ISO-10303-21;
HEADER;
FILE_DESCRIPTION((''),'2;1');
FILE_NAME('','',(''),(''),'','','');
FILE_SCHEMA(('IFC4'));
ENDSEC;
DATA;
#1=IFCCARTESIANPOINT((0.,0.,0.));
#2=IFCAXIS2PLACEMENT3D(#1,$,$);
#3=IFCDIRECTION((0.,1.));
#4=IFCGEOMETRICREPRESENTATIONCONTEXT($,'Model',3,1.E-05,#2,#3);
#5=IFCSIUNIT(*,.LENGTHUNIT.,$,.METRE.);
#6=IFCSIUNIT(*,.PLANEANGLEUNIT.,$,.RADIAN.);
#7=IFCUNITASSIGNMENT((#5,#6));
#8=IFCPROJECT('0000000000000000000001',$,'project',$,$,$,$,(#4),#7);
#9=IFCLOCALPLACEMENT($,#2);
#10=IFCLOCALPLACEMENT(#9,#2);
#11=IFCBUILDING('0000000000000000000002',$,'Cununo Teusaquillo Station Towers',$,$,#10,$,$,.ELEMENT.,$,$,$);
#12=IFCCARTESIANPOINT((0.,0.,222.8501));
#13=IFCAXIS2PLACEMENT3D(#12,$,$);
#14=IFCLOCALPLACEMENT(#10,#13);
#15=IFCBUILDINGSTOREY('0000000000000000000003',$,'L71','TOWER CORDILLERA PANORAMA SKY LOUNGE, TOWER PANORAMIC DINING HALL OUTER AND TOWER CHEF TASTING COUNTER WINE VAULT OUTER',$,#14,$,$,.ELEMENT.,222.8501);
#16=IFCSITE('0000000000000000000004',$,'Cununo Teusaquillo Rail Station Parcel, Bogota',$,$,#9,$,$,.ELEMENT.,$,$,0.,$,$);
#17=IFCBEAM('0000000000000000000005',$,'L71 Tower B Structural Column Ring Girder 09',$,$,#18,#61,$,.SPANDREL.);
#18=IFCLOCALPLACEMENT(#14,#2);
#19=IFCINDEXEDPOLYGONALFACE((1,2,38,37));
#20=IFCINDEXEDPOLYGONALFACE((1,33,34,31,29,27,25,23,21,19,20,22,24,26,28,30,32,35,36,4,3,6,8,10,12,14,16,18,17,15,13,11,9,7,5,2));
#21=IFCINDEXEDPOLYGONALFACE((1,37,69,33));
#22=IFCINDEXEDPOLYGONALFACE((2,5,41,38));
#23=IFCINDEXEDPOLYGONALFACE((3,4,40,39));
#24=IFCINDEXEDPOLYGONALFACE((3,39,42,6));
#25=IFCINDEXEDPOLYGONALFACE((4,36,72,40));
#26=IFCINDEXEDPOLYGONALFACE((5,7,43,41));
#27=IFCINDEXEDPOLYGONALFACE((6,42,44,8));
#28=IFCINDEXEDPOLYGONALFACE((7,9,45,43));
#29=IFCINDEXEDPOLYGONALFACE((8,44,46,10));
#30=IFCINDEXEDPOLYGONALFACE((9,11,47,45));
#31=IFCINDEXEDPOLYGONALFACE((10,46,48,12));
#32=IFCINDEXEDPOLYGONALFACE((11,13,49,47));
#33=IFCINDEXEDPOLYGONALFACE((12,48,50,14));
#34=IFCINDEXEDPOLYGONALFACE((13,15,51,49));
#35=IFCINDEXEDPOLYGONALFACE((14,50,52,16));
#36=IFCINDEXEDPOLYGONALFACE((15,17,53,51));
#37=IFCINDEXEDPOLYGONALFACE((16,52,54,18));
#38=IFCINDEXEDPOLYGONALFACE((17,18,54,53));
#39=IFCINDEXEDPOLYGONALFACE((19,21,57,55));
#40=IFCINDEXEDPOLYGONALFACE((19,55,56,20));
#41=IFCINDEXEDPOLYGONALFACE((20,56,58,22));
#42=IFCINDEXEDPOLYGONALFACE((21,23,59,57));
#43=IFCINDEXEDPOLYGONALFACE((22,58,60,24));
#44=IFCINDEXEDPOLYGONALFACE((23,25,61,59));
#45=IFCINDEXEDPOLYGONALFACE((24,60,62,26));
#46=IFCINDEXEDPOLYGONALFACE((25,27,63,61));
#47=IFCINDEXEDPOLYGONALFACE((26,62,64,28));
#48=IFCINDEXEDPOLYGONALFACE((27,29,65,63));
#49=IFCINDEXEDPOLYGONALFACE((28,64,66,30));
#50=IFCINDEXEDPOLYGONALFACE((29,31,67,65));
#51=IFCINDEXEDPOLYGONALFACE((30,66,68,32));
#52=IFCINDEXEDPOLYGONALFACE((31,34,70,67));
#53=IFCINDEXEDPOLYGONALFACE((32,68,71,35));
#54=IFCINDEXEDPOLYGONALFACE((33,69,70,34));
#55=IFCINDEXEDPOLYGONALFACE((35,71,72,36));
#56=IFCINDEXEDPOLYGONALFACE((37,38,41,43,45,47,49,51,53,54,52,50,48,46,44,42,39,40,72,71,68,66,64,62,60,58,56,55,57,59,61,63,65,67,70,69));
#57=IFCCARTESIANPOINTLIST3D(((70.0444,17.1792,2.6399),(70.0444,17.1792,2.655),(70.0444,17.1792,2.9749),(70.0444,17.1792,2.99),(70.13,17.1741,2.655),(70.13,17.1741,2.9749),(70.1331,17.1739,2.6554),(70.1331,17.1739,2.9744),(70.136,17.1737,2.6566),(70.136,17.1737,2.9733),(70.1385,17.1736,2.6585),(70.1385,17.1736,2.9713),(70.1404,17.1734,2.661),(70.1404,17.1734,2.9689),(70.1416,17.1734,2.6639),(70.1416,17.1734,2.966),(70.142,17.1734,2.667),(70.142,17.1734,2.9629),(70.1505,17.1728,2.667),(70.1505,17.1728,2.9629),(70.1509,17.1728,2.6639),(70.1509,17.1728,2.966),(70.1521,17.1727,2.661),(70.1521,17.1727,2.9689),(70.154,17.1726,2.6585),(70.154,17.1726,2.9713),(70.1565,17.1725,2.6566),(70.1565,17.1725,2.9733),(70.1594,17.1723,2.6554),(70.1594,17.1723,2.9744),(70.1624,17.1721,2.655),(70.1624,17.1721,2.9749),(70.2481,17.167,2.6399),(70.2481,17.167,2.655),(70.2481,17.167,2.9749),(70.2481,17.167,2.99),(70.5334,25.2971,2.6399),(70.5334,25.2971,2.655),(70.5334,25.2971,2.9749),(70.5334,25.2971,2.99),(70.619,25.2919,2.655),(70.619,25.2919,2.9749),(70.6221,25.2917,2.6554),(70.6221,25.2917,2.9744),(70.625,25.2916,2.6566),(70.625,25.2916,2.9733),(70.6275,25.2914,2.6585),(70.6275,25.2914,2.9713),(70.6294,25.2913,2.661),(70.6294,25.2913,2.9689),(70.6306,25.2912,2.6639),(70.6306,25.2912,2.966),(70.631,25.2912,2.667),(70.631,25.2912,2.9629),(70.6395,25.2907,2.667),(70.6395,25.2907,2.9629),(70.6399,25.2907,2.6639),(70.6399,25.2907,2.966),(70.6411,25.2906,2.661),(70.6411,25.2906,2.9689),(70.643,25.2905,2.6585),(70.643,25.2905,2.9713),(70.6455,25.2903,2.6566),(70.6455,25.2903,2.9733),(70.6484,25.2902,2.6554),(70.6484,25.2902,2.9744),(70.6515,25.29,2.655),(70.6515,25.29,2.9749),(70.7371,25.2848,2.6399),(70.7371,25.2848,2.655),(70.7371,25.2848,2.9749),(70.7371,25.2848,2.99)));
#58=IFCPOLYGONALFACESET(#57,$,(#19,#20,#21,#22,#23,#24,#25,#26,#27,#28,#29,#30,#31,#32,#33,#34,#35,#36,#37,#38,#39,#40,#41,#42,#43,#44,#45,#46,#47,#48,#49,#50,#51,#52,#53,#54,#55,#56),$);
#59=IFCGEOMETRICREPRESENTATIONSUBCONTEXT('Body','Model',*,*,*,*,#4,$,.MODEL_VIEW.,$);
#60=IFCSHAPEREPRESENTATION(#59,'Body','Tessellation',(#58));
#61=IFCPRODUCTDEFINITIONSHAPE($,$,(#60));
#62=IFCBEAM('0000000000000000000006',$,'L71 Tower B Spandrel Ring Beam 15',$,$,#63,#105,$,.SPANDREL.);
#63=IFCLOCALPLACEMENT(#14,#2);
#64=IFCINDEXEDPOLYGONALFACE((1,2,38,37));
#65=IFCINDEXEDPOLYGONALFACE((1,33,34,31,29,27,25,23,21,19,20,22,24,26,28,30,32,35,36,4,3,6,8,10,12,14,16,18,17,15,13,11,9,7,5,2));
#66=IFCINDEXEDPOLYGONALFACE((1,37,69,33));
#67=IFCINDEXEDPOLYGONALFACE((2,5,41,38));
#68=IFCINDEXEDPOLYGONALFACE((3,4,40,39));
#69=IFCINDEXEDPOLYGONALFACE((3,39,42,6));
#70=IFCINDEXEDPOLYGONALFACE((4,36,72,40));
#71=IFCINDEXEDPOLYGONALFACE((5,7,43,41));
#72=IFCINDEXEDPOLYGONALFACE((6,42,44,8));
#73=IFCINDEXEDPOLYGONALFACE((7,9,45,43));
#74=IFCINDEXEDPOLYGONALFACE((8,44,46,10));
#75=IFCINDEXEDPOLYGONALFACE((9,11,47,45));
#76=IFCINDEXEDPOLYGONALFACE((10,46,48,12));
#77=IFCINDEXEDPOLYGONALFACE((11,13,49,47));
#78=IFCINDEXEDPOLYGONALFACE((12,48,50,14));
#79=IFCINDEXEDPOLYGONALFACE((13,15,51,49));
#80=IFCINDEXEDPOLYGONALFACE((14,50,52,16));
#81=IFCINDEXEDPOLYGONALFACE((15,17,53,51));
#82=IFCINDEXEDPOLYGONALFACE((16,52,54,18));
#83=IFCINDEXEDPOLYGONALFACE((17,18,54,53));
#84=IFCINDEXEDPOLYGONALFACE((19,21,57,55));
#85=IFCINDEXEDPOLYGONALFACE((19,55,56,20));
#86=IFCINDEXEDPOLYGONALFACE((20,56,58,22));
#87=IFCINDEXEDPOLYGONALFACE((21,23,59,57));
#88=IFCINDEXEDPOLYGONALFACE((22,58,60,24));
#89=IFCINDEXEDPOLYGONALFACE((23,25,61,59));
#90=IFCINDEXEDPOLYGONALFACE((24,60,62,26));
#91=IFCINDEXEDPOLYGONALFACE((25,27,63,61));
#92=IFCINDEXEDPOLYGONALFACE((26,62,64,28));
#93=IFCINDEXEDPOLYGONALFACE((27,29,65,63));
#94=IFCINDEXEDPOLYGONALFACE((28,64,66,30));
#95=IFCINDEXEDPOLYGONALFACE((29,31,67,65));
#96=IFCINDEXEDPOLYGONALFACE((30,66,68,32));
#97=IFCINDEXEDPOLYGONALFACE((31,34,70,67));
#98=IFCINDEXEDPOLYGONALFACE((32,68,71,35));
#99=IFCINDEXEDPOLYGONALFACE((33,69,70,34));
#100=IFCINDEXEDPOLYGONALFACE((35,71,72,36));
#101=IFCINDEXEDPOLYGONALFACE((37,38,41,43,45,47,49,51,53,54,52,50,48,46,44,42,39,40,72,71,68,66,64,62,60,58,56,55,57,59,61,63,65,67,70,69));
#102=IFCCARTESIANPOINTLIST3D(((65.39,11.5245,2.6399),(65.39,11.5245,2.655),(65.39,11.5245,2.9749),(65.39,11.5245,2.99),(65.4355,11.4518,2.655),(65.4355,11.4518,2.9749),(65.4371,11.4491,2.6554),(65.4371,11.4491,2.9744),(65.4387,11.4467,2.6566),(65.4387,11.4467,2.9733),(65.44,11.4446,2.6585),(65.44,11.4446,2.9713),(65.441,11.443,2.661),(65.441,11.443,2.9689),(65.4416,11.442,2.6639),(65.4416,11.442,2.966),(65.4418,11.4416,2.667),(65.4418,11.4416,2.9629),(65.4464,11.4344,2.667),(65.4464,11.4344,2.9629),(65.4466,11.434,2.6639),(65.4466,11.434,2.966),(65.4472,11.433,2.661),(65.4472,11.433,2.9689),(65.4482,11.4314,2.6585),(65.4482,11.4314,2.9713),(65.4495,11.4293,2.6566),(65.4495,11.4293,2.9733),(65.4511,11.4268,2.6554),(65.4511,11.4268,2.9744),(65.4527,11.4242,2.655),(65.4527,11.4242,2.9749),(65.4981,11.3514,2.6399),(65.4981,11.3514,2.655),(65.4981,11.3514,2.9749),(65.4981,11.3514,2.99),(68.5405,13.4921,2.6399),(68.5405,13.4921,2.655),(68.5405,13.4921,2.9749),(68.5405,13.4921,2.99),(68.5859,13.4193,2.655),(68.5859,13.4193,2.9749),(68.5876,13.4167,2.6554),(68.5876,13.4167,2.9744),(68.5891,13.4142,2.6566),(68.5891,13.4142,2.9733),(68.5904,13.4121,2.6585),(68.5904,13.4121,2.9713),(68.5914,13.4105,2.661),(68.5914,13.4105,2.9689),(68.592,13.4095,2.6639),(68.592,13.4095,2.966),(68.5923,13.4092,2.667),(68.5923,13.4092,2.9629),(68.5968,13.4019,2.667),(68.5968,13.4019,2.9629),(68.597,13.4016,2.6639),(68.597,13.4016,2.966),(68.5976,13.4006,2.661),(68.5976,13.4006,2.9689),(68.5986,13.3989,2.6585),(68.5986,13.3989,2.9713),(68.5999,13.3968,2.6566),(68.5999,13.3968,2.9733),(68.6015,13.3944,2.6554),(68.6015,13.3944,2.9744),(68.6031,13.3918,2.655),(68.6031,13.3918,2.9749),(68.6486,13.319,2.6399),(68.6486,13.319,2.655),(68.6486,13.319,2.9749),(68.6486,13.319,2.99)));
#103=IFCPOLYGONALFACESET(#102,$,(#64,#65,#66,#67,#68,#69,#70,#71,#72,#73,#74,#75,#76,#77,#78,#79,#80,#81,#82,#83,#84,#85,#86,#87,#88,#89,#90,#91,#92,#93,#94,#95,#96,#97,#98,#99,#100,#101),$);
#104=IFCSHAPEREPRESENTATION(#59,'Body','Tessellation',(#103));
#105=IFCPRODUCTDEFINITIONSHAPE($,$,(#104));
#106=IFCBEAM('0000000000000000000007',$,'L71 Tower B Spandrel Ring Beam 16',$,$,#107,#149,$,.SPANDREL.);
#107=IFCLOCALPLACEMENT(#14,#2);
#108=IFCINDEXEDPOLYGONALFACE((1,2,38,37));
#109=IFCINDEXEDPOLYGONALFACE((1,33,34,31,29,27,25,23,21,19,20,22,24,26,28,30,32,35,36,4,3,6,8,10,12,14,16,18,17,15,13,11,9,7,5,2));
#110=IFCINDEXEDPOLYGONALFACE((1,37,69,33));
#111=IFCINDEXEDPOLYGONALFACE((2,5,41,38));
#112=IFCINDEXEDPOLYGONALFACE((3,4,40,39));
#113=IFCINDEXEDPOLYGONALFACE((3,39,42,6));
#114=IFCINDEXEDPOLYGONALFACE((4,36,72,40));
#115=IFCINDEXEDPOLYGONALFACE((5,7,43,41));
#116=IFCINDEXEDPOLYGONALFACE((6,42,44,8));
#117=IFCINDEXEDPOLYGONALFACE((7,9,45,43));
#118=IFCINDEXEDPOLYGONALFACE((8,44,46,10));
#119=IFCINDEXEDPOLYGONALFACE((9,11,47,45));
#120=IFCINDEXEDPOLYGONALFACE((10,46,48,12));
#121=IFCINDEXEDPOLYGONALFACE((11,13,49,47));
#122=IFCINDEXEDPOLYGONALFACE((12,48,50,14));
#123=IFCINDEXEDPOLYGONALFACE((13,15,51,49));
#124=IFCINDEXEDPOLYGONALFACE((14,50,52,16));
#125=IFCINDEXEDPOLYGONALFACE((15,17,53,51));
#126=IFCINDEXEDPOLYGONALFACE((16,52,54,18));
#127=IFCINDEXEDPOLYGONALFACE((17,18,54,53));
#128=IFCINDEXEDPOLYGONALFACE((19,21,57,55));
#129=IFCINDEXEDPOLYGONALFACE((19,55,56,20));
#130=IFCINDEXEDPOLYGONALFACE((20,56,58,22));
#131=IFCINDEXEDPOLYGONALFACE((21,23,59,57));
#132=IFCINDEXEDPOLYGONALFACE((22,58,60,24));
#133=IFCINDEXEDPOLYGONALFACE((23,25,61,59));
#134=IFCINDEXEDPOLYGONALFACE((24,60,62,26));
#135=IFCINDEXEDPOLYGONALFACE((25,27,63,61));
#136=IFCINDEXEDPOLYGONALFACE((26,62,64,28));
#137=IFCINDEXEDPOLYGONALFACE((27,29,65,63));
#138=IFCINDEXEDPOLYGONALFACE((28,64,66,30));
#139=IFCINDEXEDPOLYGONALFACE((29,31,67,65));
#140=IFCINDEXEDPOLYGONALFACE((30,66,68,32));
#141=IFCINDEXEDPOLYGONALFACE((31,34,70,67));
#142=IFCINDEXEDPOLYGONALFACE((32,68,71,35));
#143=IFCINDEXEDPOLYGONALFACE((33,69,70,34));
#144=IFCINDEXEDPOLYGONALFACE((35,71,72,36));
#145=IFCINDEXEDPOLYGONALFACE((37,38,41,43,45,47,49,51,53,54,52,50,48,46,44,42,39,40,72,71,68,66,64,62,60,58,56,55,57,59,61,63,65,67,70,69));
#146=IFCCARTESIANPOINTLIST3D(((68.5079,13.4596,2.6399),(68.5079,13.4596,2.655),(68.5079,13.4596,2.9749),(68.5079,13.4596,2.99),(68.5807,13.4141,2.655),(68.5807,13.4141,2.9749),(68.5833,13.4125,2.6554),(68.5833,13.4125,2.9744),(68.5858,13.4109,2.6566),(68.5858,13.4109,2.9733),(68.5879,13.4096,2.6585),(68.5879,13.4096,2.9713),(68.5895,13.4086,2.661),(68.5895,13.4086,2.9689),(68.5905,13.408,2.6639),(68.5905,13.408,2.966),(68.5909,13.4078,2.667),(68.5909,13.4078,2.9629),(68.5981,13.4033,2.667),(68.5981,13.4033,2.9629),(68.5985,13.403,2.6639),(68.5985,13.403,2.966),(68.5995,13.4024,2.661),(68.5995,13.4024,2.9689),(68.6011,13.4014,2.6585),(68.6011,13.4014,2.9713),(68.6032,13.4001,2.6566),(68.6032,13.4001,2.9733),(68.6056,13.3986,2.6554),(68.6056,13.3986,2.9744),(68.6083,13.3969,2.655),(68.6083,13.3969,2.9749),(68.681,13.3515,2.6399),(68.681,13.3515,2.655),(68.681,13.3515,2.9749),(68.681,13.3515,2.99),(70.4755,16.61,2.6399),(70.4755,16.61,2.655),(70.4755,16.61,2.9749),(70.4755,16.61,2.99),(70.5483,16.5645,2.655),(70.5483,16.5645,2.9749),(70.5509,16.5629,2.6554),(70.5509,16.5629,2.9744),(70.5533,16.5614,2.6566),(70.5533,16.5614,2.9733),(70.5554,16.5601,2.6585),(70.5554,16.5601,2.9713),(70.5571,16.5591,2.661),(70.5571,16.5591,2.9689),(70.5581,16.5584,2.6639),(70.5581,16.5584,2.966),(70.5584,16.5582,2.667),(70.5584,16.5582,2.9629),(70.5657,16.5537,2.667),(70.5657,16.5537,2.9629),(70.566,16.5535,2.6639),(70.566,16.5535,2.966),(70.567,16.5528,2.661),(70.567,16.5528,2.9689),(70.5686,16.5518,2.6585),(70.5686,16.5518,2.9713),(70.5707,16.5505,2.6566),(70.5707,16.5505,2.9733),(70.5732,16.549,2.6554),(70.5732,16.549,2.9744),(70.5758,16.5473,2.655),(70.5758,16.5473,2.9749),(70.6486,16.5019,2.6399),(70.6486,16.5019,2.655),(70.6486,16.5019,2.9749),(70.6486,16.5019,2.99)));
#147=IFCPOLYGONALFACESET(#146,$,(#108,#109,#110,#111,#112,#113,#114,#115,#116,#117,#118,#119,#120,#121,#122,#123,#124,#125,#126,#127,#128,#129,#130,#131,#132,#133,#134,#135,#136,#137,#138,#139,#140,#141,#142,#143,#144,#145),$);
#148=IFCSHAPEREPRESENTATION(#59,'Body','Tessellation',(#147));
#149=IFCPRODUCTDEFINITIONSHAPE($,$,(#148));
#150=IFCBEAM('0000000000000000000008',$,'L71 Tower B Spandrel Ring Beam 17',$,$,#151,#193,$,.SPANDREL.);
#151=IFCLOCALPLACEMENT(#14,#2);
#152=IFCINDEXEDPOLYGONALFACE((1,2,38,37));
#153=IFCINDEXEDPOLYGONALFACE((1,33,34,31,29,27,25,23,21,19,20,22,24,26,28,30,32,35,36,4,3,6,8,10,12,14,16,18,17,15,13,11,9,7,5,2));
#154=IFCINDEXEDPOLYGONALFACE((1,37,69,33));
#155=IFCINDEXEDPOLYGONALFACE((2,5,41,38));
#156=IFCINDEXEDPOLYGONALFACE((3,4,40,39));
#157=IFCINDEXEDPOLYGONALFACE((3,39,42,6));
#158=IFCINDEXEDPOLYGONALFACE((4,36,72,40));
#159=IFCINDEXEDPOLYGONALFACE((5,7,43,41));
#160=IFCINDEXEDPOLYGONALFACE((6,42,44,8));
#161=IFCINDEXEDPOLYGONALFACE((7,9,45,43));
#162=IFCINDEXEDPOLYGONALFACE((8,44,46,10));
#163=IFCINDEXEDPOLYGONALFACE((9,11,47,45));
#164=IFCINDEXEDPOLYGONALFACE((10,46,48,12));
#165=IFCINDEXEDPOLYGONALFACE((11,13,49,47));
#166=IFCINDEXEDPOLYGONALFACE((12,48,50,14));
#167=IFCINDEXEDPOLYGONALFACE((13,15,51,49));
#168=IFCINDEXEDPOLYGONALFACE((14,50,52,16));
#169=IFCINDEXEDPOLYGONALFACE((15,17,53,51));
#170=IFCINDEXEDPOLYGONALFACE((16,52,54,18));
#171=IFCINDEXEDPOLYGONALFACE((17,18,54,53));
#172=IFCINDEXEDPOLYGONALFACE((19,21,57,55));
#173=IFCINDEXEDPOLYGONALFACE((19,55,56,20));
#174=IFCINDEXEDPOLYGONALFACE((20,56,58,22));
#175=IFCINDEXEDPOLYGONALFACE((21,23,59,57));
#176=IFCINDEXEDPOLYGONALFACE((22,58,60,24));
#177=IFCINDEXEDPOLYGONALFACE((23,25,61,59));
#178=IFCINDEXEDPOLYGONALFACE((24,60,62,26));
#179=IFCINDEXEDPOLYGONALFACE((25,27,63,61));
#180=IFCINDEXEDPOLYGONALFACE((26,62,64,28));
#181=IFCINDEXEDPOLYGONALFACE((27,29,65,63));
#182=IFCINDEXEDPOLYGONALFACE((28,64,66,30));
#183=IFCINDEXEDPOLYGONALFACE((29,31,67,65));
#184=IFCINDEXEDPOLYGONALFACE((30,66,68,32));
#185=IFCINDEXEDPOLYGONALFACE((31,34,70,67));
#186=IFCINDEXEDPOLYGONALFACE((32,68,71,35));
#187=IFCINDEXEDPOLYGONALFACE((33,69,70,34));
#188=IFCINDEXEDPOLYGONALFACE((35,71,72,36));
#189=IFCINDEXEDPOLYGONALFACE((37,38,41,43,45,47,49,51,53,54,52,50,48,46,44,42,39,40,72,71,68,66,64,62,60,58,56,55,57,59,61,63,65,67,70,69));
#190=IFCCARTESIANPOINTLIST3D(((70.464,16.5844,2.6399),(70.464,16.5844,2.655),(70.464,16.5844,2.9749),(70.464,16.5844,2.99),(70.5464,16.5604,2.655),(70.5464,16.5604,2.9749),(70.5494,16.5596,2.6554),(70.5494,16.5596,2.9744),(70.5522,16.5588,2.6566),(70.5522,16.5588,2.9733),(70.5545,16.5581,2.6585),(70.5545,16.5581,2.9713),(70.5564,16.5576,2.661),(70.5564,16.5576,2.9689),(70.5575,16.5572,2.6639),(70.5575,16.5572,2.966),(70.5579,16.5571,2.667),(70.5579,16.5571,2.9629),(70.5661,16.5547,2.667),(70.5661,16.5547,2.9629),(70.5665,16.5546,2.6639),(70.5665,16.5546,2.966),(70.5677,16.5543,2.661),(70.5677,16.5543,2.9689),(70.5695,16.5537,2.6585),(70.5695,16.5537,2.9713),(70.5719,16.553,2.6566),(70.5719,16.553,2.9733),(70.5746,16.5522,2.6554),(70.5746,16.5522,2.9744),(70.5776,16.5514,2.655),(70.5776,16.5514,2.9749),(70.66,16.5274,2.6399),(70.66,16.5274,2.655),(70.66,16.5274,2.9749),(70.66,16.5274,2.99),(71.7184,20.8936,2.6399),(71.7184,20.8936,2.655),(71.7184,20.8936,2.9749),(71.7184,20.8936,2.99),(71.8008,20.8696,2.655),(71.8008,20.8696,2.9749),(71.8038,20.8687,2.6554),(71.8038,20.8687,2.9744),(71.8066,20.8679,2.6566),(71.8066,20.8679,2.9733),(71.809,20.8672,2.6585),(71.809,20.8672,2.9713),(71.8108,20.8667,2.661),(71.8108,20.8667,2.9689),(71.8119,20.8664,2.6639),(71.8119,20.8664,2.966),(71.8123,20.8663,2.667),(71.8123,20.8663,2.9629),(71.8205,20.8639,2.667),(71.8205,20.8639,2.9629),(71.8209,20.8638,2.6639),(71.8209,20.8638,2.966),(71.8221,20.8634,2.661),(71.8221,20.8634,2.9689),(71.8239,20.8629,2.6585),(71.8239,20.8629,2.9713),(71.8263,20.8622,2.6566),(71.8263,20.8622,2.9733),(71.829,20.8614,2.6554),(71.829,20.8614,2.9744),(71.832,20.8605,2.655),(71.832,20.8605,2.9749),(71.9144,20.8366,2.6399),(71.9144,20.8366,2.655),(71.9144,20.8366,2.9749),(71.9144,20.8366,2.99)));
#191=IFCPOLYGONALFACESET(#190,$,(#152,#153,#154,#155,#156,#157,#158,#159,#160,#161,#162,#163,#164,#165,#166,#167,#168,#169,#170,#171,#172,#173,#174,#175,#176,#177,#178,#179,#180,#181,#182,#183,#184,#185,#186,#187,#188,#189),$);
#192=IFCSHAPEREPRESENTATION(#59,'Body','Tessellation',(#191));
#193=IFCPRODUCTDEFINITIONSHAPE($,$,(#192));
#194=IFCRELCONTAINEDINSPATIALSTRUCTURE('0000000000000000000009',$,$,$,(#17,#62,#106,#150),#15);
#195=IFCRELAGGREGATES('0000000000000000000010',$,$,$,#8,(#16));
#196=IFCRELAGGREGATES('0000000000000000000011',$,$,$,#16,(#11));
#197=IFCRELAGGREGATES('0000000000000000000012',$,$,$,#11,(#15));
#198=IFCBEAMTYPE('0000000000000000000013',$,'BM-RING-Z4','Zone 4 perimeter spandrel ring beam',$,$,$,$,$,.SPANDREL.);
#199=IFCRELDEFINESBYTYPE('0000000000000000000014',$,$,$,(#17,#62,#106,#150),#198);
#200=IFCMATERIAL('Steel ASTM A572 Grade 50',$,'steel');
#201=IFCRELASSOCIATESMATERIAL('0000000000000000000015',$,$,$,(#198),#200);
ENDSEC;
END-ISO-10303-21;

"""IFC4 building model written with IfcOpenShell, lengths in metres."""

from ifc_helpers import new_model, si_unit, direction, frame, origin, origin_2d, place, context, subcontext, project, spatial, i_section, extrude, material, material_profile, profile_set, type_object, element, save


model = new_model("IFC4")

# Units and contexts
model_context = context("Model", 3, precision=1e-05, world=origin(), true_north=direction((0.0, 1.0)))
body_context = subcontext(model_context, "Body", "Model", "MODEL_VIEW")
ifc_project = project(units=[si_unit("LENGTHUNIT", "METRE"), si_unit("PLANEANGLEUNIT", "RADIAN")], contexts=[model_context])

# Site, building, storey
site_placement = place(None, origin())
site = spatial("IfcSite", under=ifc_project, at=site_placement, Name="Cununo Teusaquillo Rail Station Parcel, Bogota", CompositionType="ELEMENT", RefElevation=0.0)
building_placement = place(site_placement, origin())
building = spatial("IfcBuilding", under=site, at=building_placement, Name="Cununo Teusaquillo Station Towers", CompositionType="ELEMENT")
storey_placement = place(building_placement, frame((0.0, 0.0, 222.8501)))
storey = spatial("IfcBuildingStorey", under=building, at=storey_placement, Name="L71", Description="TOWER CORDILLERA PANORAMA SKY LOUNGE, TOWER PANORAMIC DINING HALL OUTER AND TOWER CHEF TASTING COUNTER WINE VAULT OUTER", CompositionType="ELEMENT", Elevation=222.8501)

# Beams
ifc_material_1 = material(Name="Steel ASTM A572 Grade 50", Category="steel")
ifc_material_profile_1 = material_profile(ifc_material_1, i_section(OverallWidth=0.2041, OverallDepth=0.3501, WebThickness=0.0085, FlangeThickness=0.0151, FilletRadius=0.012, at=origin_2d()), Name="W14X48")
ifc_profile_set_1 = profile_set([ifc_material_profile_1], Name="Steel ASTM A572 Grade 50")
beam_type_1 = type_object("IfcBeamType", Name="BM-RING-Z4", Description="Zone 4 perimeter spandrel ring beam", PredefinedType="SPANDREL", material=ifc_profile_set_1)
beam_1_placement = place(storey_placement, frame((70.1462, 17.1731, 2.8149), z_axis=(0.06013, 0.998191, 0.0), x_axis=(-0.998191, 0.06013, 0.0)))
element("IfcBeam", 1, at=beam_1_placement, inside=storey, type_object=beam_type_1, Name="L71 Tower B Structural Column Ring Girder 09", PredefinedType="SPANDREL", context=body_context, shape_type="SweptSolid", body=[
    extrude(i_section(OverallWidth=0.2041, OverallDepth=0.3501, WebThickness=0.0085, FlangeThickness=0.0151, FilletRadius=0.012, at=origin_2d()), origin(), (0.0, 0.0, 1.0), 8.1326),
])
for number, where, z_axis, x_axis, name in (
    (2, (65.4441, 11.438, 2.8149), (0.848176, 0.529715, 0.0), (-0.529715, 0.848176, 0.0), "L71 Tower B Spandrel Ring Beam 15"),
    (3, (68.5945, 13.4055, 2.8149), (0.529715, 0.848176, 0.0), (-0.848176, 0.529715, 0.0), "L71 Tower B Spandrel Ring Beam 16"),
):
    element("IfcBeam", number, at=place(storey_placement, frame(where, z_axis=z_axis, x_axis=x_axis)), inside=storey, type_object=beam_type_1, Name=name, PredefinedType="SPANDREL", context=body_context, shape_type="SweptSolid", body=[
        extrude(i_section(OverallWidth=0.2041, OverallDepth=0.3501, WebThickness=0.0085, FlangeThickness=0.0151, FilletRadius=0.012, at=origin_2d()), origin(), (0.0, 0.0, 1.0), 3.7144),
    ])
beam_2_placement = place(storey_placement, frame((70.562, 16.5559, 2.8149), z_axis=(0.279503, 0.960145, 0.0), x_axis=(-0.960145, 0.279503, 0.0)))
element("IfcBeam", 4, at=beam_2_placement, inside=storey, type_object=beam_type_1, Name="L71 Tower B Spandrel Ring Beam 17", PredefinedType="SPANDREL", context=body_context, shape_type="SweptSolid", body=[
    extrude(i_section(OverallWidth=0.2041, OverallDepth=0.3501, WebThickness=0.0085, FlangeThickness=0.0151, FilletRadius=0.012, at=origin_2d()), origin(), (0.0, 0.0, 1.0), 4.488),
])

save(model, "model.ifc")
